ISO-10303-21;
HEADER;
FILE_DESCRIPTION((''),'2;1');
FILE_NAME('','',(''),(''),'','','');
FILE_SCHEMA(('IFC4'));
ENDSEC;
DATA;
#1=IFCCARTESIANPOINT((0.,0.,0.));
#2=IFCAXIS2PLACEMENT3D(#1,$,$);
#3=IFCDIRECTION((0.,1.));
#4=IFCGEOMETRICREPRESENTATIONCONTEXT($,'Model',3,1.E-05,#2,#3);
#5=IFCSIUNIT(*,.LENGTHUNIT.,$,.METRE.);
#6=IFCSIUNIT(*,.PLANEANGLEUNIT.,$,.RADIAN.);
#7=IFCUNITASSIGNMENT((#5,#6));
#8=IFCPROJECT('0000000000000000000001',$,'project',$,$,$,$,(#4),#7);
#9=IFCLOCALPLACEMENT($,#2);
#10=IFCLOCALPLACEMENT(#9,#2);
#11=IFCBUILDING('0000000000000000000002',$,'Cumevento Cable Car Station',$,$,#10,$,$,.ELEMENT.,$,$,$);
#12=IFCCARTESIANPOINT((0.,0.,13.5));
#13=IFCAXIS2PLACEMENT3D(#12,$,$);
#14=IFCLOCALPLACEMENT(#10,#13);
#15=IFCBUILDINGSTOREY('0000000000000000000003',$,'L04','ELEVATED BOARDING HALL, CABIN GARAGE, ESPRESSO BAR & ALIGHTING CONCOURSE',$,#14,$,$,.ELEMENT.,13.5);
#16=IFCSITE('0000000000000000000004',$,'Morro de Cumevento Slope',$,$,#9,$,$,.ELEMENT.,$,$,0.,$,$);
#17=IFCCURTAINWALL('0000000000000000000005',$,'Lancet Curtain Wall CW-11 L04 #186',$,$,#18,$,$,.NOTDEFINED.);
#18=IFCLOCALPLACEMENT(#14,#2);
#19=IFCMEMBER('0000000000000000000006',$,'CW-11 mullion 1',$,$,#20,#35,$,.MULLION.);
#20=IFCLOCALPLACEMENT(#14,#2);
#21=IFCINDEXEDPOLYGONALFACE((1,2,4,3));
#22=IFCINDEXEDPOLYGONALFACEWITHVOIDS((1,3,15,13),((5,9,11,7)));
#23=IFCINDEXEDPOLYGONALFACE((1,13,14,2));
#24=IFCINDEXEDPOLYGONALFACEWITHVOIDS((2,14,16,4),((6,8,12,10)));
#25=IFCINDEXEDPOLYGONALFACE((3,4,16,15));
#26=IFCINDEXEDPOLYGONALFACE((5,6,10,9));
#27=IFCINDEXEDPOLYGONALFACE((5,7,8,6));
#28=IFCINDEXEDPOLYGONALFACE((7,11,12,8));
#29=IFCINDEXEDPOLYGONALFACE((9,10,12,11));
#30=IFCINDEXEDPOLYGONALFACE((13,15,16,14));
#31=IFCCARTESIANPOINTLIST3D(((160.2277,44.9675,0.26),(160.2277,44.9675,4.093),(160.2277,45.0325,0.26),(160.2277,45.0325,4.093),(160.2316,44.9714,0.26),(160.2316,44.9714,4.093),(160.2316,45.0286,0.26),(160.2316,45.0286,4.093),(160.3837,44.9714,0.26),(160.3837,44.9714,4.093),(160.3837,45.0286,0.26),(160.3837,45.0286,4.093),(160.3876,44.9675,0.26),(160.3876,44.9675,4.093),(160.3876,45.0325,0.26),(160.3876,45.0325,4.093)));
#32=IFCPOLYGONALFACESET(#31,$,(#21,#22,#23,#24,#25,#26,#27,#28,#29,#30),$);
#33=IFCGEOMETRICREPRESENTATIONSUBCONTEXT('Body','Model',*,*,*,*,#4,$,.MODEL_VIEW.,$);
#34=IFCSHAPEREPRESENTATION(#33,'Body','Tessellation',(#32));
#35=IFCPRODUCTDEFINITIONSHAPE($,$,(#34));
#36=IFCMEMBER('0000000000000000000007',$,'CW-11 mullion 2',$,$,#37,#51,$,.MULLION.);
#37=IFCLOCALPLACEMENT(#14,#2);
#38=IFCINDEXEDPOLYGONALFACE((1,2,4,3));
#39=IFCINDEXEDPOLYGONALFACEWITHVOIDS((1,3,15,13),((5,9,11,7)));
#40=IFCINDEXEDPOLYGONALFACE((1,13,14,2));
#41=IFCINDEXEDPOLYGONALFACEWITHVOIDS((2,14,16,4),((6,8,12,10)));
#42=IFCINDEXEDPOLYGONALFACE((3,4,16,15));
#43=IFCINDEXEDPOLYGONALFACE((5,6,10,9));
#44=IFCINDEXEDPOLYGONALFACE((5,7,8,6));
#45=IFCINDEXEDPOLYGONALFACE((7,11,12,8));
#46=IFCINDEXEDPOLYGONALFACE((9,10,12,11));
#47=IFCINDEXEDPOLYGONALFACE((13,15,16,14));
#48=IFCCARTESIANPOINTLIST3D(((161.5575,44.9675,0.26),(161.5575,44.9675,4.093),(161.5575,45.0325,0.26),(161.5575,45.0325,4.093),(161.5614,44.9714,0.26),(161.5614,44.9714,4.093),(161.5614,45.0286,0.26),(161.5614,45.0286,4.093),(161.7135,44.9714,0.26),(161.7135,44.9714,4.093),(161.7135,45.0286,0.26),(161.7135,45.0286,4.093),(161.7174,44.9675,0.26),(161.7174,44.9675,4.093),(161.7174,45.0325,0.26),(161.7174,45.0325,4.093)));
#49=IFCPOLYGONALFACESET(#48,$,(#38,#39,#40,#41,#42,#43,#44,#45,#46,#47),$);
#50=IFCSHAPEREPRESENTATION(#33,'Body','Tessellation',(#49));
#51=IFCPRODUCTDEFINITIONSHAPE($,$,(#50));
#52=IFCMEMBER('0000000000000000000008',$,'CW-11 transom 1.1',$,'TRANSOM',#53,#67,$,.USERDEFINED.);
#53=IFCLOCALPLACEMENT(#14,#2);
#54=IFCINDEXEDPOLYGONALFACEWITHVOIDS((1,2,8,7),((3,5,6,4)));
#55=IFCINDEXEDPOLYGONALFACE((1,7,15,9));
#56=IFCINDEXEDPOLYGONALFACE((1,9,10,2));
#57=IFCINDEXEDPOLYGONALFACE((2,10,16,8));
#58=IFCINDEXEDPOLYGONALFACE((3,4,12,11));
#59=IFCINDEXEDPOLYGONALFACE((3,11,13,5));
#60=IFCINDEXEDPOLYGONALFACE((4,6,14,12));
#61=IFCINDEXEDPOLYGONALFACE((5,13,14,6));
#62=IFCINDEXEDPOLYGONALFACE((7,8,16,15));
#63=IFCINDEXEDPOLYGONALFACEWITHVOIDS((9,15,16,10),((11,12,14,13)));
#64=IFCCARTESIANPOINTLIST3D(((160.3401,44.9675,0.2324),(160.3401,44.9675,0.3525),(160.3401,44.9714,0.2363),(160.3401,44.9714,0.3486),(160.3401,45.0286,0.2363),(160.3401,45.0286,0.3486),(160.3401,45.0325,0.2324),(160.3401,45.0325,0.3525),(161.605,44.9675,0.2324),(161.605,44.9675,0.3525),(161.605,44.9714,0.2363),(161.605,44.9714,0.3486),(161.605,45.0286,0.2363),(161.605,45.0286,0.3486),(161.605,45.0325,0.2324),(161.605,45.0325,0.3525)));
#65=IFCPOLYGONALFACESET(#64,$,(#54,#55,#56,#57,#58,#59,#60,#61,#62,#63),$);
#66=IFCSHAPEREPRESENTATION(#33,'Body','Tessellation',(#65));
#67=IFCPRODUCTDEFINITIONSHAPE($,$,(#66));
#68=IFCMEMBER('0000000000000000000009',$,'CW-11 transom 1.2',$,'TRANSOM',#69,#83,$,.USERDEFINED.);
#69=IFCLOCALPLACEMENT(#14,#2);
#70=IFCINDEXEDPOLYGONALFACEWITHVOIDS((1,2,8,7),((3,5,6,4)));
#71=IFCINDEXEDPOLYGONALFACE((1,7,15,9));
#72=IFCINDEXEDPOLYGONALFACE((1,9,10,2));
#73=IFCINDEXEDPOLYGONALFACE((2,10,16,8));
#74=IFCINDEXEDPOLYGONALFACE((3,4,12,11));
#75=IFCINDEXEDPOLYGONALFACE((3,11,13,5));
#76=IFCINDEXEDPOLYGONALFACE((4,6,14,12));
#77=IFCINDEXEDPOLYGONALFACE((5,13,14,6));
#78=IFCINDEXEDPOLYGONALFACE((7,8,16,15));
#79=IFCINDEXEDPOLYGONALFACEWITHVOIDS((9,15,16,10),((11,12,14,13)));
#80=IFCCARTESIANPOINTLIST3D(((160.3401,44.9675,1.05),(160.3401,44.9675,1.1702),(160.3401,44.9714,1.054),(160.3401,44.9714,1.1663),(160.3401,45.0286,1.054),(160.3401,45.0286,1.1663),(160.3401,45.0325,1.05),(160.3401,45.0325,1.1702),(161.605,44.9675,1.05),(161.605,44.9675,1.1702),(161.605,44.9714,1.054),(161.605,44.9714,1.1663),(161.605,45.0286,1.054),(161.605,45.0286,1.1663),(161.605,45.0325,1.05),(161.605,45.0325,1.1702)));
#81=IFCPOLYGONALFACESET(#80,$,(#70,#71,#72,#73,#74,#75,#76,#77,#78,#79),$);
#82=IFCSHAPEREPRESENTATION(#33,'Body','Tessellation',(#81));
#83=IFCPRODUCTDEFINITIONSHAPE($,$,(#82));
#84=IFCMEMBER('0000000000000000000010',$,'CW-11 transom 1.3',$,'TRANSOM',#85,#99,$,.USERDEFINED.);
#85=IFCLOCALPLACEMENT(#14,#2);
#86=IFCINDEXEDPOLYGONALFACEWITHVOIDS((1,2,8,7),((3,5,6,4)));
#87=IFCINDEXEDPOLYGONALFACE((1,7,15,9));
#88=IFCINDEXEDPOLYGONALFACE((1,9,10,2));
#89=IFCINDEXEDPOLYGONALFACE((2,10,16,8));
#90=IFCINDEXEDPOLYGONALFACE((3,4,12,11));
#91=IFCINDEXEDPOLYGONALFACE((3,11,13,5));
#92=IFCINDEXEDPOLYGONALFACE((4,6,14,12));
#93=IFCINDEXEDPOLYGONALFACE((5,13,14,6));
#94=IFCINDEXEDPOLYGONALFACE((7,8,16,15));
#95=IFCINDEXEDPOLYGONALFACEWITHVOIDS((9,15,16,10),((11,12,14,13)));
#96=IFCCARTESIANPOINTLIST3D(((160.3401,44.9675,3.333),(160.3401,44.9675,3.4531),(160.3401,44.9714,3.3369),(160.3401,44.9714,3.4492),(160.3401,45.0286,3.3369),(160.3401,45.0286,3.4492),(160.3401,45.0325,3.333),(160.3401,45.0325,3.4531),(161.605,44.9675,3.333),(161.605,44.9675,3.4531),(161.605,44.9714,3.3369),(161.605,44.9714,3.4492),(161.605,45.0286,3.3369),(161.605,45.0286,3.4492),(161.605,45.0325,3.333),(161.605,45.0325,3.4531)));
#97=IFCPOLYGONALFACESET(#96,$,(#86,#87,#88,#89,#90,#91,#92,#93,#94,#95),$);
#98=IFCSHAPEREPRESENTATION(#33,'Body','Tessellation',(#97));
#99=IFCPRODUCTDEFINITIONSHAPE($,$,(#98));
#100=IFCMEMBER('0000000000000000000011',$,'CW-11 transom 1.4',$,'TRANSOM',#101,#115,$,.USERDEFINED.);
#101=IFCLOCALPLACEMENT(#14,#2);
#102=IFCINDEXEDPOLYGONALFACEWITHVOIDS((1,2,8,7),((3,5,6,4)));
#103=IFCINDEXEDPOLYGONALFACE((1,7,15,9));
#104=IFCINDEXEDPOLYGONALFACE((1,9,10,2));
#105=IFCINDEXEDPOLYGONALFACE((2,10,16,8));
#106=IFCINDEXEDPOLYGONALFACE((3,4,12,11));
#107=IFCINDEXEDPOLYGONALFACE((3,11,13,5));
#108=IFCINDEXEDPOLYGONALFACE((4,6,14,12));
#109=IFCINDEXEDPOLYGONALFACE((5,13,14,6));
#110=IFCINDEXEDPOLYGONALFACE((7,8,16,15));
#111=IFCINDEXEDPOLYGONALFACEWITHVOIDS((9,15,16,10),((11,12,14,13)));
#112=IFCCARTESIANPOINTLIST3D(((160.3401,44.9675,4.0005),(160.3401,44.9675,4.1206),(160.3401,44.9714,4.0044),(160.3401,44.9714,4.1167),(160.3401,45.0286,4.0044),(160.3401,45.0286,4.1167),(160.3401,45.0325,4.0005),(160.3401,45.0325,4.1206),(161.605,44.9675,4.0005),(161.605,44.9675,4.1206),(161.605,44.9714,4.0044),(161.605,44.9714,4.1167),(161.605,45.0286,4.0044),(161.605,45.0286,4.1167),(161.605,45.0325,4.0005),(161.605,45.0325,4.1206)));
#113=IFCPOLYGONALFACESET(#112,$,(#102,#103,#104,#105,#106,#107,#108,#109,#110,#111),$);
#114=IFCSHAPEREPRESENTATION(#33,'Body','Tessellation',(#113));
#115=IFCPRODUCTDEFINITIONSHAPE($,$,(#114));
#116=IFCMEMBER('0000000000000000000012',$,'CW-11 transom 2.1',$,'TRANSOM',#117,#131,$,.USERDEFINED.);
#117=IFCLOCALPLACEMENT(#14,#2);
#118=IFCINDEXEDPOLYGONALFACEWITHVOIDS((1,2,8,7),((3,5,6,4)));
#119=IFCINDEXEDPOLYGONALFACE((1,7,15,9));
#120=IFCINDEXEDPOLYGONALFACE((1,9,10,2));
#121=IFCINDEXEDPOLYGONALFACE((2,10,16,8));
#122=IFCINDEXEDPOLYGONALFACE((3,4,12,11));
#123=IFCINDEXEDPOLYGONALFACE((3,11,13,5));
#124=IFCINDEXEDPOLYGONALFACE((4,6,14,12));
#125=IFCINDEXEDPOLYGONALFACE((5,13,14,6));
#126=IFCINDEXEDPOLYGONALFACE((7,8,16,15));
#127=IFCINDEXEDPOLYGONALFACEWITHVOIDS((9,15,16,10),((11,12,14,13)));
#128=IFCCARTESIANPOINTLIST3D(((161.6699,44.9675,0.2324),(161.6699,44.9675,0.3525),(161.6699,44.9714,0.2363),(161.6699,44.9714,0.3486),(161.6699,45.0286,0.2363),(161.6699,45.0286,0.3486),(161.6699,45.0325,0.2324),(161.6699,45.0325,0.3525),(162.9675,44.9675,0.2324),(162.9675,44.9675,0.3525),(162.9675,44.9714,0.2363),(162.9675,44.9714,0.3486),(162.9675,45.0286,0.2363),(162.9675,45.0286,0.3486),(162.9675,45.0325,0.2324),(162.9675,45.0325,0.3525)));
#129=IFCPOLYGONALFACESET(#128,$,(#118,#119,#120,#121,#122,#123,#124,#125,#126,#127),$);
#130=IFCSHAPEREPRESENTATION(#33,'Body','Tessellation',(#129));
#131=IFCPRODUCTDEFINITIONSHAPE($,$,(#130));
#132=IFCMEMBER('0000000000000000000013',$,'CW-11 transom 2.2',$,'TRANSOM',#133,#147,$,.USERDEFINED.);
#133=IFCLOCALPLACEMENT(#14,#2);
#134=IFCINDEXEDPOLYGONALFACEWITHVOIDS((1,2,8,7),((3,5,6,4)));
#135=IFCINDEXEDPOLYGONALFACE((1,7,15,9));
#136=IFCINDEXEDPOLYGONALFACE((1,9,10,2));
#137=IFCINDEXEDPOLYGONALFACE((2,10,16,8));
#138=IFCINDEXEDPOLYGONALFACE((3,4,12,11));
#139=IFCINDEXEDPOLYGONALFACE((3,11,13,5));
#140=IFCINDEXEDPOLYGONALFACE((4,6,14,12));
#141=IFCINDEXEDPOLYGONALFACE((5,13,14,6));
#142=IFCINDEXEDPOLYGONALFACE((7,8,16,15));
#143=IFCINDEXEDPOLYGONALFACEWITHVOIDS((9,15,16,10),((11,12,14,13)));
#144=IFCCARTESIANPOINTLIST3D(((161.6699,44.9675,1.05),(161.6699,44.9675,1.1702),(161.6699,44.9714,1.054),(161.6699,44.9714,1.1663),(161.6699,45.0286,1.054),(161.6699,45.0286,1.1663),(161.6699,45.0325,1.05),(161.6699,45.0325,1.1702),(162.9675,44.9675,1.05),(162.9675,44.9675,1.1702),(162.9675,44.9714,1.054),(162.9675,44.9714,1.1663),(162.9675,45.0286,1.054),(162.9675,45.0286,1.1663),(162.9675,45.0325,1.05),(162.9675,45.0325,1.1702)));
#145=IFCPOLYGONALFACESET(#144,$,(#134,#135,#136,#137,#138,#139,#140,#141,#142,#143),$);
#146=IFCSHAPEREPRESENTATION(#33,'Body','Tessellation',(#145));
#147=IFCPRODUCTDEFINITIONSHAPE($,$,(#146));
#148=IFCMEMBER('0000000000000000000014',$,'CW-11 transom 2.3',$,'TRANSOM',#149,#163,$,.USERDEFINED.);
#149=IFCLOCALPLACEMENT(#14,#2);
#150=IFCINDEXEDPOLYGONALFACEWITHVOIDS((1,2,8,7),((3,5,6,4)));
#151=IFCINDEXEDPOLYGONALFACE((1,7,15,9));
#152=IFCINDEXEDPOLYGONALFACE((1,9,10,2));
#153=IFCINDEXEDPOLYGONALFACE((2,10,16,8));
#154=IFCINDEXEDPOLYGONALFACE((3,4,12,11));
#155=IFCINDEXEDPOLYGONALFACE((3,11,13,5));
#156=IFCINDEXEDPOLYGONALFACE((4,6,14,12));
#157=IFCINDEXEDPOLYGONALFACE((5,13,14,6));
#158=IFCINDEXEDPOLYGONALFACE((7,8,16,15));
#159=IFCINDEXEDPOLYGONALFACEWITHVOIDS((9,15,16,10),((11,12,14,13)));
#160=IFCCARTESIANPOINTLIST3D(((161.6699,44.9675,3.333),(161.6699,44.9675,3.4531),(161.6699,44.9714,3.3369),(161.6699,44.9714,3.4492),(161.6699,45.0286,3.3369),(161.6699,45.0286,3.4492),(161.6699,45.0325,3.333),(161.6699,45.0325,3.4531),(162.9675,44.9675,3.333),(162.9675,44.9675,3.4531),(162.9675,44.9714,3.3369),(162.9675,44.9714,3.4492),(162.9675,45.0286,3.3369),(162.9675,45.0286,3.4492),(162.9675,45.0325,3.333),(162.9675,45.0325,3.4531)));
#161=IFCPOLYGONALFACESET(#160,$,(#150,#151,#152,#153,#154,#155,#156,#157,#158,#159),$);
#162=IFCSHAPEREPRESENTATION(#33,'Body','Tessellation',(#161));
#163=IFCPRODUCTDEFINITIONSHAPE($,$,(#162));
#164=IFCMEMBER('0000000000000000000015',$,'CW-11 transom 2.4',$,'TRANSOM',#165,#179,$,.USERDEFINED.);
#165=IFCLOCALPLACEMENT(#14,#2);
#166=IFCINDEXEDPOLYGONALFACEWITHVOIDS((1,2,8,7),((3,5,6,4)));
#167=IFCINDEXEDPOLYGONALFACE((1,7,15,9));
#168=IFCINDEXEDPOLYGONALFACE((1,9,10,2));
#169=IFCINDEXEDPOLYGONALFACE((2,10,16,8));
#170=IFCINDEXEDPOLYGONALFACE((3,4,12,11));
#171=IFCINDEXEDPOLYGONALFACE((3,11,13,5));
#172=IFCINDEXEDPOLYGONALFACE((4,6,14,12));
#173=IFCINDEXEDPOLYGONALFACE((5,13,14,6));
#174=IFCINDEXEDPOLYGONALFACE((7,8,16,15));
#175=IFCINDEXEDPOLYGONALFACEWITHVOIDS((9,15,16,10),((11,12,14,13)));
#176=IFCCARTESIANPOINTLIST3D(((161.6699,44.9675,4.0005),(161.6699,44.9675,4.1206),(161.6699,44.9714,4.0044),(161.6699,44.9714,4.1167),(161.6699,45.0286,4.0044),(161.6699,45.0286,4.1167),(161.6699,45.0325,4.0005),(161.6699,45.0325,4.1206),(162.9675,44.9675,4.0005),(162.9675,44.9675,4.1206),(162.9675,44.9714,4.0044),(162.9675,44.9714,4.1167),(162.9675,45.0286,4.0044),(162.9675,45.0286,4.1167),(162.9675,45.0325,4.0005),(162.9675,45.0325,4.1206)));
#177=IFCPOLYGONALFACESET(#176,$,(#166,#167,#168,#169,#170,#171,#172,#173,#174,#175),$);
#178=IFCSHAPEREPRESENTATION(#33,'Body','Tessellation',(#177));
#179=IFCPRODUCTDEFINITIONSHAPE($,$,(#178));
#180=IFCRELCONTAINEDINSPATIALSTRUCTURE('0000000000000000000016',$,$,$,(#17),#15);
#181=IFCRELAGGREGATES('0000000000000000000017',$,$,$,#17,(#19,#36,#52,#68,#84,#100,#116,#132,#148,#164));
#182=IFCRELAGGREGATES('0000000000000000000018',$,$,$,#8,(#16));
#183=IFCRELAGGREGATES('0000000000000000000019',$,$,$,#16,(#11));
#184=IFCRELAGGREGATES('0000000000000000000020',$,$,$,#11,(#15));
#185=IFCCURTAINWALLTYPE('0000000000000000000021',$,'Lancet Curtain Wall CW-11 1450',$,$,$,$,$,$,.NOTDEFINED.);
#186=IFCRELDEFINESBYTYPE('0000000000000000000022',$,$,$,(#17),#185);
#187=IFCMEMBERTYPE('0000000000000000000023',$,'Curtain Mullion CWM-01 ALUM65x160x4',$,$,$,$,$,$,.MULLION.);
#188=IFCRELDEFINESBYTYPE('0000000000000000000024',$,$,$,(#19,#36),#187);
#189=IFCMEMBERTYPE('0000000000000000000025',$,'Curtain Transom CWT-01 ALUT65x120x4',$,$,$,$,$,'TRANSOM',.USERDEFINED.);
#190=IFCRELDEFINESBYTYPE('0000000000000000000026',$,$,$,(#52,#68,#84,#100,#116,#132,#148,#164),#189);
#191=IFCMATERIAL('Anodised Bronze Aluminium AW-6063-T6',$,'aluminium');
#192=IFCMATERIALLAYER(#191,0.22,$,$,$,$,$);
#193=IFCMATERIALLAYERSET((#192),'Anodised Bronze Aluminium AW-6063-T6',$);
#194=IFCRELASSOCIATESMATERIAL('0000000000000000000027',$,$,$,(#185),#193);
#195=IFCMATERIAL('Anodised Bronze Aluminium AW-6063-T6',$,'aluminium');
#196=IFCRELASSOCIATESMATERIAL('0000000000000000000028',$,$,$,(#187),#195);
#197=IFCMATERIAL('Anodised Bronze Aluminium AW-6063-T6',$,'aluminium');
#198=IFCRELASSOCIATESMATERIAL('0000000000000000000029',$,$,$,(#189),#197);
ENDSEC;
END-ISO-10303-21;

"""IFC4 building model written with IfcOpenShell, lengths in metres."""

from ifc_helpers import new_model, si_unit, direction, frame, origin, origin_2d, place, context, subcontext, project, spatial, hollow_rectangle, extrude, material, layer, layer_set, material_profile, profile_set, type_object, element, aggregate, save


model = new_model("IFC4")

# Units and contexts
model_context = context("Model", 3, precision=1e-05, world=origin(), true_north=direction((0.0, 1.0)))
body_context = subcontext(model_context, "Body", "Model", "MODEL_VIEW")
ifc_project = project(units=[si_unit("LENGTHUNIT", "METRE"), si_unit("PLANEANGLEUNIT", "RADIAN")], contexts=[model_context])

# Site, building, storey
site_placement = place(None, origin())
site = spatial("IfcSite", under=ifc_project, at=site_placement, Name="Morro de Cumevento Slope", CompositionType="ELEMENT", RefElevation=0.0)
building_placement = place(site_placement, origin())
building = spatial("IfcBuilding", under=site, at=building_placement, Name="Cumevento Cable Car Station", CompositionType="ELEMENT")
storey_placement = place(building_placement, frame((0.0, 0.0, 13.5)))
storey = spatial("IfcBuildingStorey", under=building, at=storey_placement, Name="L04", Description="ELEVATED BOARDING HALL, CABIN GARAGE, ESPRESSO BAR & ALIGHTING CONCOURSE", CompositionType="ELEMENT", Elevation=13.5)

# Curtain wall, members
ifc_material_1 = material(Name="Anodised Bronze Aluminium AW-6063-T6", Category="aluminium")
ifc_layer_1 = layer(ifc_material_1, 0.22)
ifc_layer_set_1 = layer_set([ifc_layer_1], Name="Anodised Bronze Aluminium AW-6063-T6")
curtain_wall_type = type_object("IfcCurtainWallType", Name="Lancet Curtain Wall CW-11 1450", PredefinedType="NOTDEFINED", material=ifc_layer_set_1)
curtain_wall_placement = place(storey_placement, origin())
curtain_wall = element("IfcCurtainWall", 1, at=curtain_wall_placement, inside=storey, type_object=curtain_wall_type, Name="Lancet Curtain Wall CW-11 L04 #186", PredefinedType="NOTDEFINED")
ifc_material_2 = material(Name="Anodised Bronze Aluminium AW-6063-T6", Category="aluminium")
ifc_material_profile_1 = material_profile(ifc_material_2, hollow_rectangle(XDim=0.0649, YDim=0.1599, WallThickness=0.0039, at=origin_2d()), Name="ALUM65x160x4")
ifc_profile_set_1 = profile_set([ifc_material_profile_1], Name="Anodised Bronze Aluminium AW-6063-T6")
member_type_1 = type_object("IfcMemberType", Name="Curtain Mullion CWM-01 ALUM65x160x4", PredefinedType="MULLION", material=ifc_profile_set_1)
member_1_placement = place(storey_placement, frame((160.3076, 45.0, 0.26), z_axis=(0.0, 0.0, 1.0), x_axis=(0.0, 1.0, 0.0)))
member_1 = element("IfcMember", 2, at=member_1_placement, type_object=member_type_1, Name="CW-11 mullion 1", PredefinedType="MULLION", context=body_context, shape_type="SweptSolid", body=[
    extrude(hollow_rectangle(XDim=0.0649, YDim=0.1599, WallThickness=0.0039, at=origin_2d()), origin(), (0.0, 0.0, 1.0), 3.833),
])
member_2_placement = place(storey_placement, frame((161.6375, 45.0, 0.26), z_axis=(0.0, 0.0, 1.0), x_axis=(0.0, 1.0, 0.0)))
member_2 = element("IfcMember", 3, at=member_2_placement, type_object=member_type_1, Name="CW-11 mullion 2", PredefinedType="MULLION", context=body_context, shape_type="SweptSolid", body=[
    extrude(hollow_rectangle(XDim=0.0649, YDim=0.1599, WallThickness=0.0039, at=origin_2d()), origin(), (0.0, 0.0, 1.0), 3.833),
])
ifc_material_3 = material(Name="Anodised Bronze Aluminium AW-6063-T6", Category="aluminium")
ifc_material_profile_2 = material_profile(ifc_material_3, hollow_rectangle(XDim=0.0649, YDim=0.1201, WallThickness=0.0039, at=origin_2d()), Name="ALUT65x120x4")
ifc_profile_set_2 = profile_set([ifc_material_profile_2], Name="Anodised Bronze Aluminium AW-6063-T6")
member_type_2 = type_object("IfcMemberType", Name="Curtain Transom CWT-01 ALUT65x120x4", ElementType="TRANSOM", PredefinedType="USERDEFINED", material=ifc_profile_set_2)
member_3_placement = place(storey_placement, frame((160.3401, 45.0, 0.2925), z_axis=(1.0, 0.0, 0.0), x_axis=(0.0, 1.0, 0.0)))
member_3 = element("IfcMember", 4, at=member_3_placement, type_object=member_type_2, Name="CW-11 transom 1.1", ObjectType="TRANSOM", PredefinedType="USERDEFINED", context=body_context, shape_type="SweptSolid", body=[
    extrude(hollow_rectangle(XDim=0.0649, YDim=0.1201, WallThickness=0.0039, at=origin_2d()), origin(), (0.0, 0.0, 1.0), 1.2649),
])
member_4_placement = place(storey_placement, frame((160.3401, 45.0, 1.1101), z_axis=(1.0, 0.0, 0.0), x_axis=(0.0, 1.0, 0.0)))
member_4 = element("IfcMember", 5, at=member_4_placement, type_object=member_type_2, Name="CW-11 transom 1.2", ObjectType="TRANSOM", PredefinedType="USERDEFINED", context=body_context, shape_type="SweptSolid", body=[
    extrude(hollow_rectangle(XDim=0.0649, YDim=0.1201, WallThickness=0.0039, at=origin_2d()), origin(), (0.0, 0.0, 1.0), 1.2649),
])
member_5_placement = place(storey_placement, frame((160.3401, 45.0, 3.3931), z_axis=(1.0, 0.0, 0.0), x_axis=(0.0, 1.0, 0.0)))
member_5 = element("IfcMember", 6, at=member_5_placement, type_object=member_type_2, Name="CW-11 transom 1.3", ObjectType="TRANSOM", PredefinedType="USERDEFINED", context=body_context, shape_type="SweptSolid", body=[
    extrude(hollow_rectangle(XDim=0.0649, YDim=0.1201, WallThickness=0.0039, at=origin_2d()), origin(), (0.0, 0.0, 1.0), 1.2649),
])
member_6_placement = place(storey_placement, frame((160.3401, 45.0, 4.0605), z_axis=(1.0, 0.0, 0.0), x_axis=(0.0, 1.0, 0.0)))
member_6 = element("IfcMember", 7, at=member_6_placement, type_object=member_type_2, Name="CW-11 transom 1.4", ObjectType="TRANSOM", PredefinedType="USERDEFINED", context=body_context, shape_type="SweptSolid", body=[
    extrude(hollow_rectangle(XDim=0.0649, YDim=0.1201, WallThickness=0.0039, at=origin_2d()), origin(), (0.0, 0.0, 1.0), 1.2649),
])
member_7_placement = place(storey_placement, frame((161.6699, 45.0, 0.2925), z_axis=(1.0, 0.0, 0.0), x_axis=(0.0, 1.0, 0.0)))
member_7 = element("IfcMember", 8, at=member_7_placement, type_object=member_type_2, Name="CW-11 transom 2.1", ObjectType="TRANSOM", PredefinedType="USERDEFINED", context=body_context, shape_type="SweptSolid", body=[
    extrude(hollow_rectangle(XDim=0.0649, YDim=0.1201, WallThickness=0.0039, at=origin_2d()), origin(), (0.0, 0.0, 1.0), 1.2976),
])
member_8_placement = place(storey_placement, frame((161.6699, 45.0, 1.1101), z_axis=(1.0, 0.0, 0.0), x_axis=(0.0, 1.0, 0.0)))
member_8 = element("IfcMember", 9, at=member_8_placement, type_object=member_type_2, Name="CW-11 transom 2.2", ObjectType="TRANSOM", PredefinedType="USERDEFINED", context=body_context, shape_type="SweptSolid", body=[
    extrude(hollow_rectangle(XDim=0.0649, YDim=0.1201, WallThickness=0.0039, at=origin_2d()), origin(), (0.0, 0.0, 1.0), 1.2976),
])
member_9_placement = place(storey_placement, frame((161.6699, 45.0, 3.3931), z_axis=(1.0, 0.0, 0.0), x_axis=(0.0, 1.0, 0.0)))
member_9 = element("IfcMember", 10, at=member_9_placement, type_object=member_type_2, Name="CW-11 transom 2.3", ObjectType="TRANSOM", PredefinedType="USERDEFINED", context=body_context, shape_type="SweptSolid", body=[
    extrude(hollow_rectangle(XDim=0.0649, YDim=0.1201, WallThickness=0.0039, at=origin_2d()), origin(), (0.0, 0.0, 1.0), 1.2976),
])
member_10_placement = place(storey_placement, frame((161.6699, 45.0, 4.0605), z_axis=(1.0, 0.0, 0.0), x_axis=(0.0, 1.0, 0.0)))
member_10 = element("IfcMember", 11, at=member_10_placement, type_object=member_type_2, Name="CW-11 transom 2.4", ObjectType="TRANSOM", PredefinedType="USERDEFINED", context=body_context, shape_type="SweptSolid", body=[
    extrude(hollow_rectangle(XDim=0.0649, YDim=0.1201, WallThickness=0.0039, at=origin_2d()), origin(), (0.0, 0.0, 1.0), 1.2976),
])

aggregate(curtain_wall, [member_1, member_2, member_3, member_4, member_5, member_6, member_7, member_8, member_9, member_10])

save(model, "model.ifc")
